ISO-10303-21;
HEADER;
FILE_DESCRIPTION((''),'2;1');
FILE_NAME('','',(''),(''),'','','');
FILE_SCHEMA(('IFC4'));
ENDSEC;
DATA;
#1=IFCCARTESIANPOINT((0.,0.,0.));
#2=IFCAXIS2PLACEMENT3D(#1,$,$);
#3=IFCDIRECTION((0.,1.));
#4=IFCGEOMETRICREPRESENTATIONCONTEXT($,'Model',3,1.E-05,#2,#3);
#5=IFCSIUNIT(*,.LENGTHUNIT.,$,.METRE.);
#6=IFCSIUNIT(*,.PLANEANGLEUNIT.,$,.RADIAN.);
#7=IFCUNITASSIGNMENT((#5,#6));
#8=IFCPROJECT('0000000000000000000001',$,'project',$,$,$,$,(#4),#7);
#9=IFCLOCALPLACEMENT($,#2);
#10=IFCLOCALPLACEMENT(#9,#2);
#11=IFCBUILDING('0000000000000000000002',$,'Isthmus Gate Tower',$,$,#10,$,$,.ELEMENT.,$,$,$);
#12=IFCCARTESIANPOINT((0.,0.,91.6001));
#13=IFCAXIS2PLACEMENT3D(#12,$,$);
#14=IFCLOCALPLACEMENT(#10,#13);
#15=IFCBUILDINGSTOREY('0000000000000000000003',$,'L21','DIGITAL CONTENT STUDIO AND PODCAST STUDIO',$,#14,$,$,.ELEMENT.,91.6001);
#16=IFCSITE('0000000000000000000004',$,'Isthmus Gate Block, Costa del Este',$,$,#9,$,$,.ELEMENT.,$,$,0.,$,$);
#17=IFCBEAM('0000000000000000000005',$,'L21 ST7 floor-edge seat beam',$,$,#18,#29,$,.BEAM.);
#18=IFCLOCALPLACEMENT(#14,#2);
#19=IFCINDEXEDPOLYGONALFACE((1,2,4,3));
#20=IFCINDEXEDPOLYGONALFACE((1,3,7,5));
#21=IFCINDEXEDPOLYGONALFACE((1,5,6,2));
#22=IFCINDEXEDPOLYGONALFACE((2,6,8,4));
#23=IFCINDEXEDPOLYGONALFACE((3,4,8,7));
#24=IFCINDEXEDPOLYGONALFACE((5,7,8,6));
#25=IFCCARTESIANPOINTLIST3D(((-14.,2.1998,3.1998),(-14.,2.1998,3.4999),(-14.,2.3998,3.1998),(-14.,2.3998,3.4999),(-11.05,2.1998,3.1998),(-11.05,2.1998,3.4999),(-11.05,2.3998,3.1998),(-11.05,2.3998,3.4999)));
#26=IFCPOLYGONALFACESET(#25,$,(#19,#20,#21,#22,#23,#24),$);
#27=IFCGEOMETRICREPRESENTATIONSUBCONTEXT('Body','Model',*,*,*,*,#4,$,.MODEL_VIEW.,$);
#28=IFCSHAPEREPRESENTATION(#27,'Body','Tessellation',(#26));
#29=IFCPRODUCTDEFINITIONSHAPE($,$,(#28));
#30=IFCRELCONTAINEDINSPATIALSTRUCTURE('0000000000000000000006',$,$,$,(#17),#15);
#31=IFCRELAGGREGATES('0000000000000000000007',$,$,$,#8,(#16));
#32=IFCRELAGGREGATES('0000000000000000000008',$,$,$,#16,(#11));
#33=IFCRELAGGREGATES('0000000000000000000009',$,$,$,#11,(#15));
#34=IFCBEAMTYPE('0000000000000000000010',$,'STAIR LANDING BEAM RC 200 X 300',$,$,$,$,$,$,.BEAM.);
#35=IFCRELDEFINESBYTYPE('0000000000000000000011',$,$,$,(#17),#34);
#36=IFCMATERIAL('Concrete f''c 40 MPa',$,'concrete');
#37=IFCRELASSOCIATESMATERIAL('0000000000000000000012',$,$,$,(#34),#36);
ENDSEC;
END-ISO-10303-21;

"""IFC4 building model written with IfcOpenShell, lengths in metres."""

from ifc_helpers import new_model, si_unit, direction, frame, origin, origin_2d, place, context, subcontext, project, spatial, rectangle, extrude, material, material_profile, profile_set, type_object, element, save


model = new_model("IFC4")

# Units and contexts
model_context = context("Model", 3, precision=1e-05, world=origin(), true_north=direction((0.0, 1.0)))
body_context = subcontext(model_context, "Body", "Model", "MODEL_VIEW")
ifc_project = project(units=[si_unit("LENGTHUNIT", "METRE"), si_unit("PLANEANGLEUNIT", "RADIAN")], contexts=[model_context])

# Site, building, storey
site_placement = place(None, origin())
site = spatial("IfcSite", under=ifc_project, at=site_placement, Name="Isthmus Gate Block, Costa del Este", CompositionType="ELEMENT", RefElevation=0.0)
building_placement = place(site_placement, origin())
building = spatial("IfcBuilding", under=site, at=building_placement, Name="Isthmus Gate Tower", CompositionType="ELEMENT")
storey_placement = place(building_placement, frame((0.0, 0.0, 91.6001)))
storey = spatial("IfcBuildingStorey", under=building, at=storey_placement, Name="L21", Description="DIGITAL CONTENT STUDIO AND PODCAST STUDIO", CompositionType="ELEMENT", Elevation=91.6001)

# Beam
ifc_material_1 = material(Name="Concrete f'c 40 MPa", Category="concrete")
ifc_material_profile = material_profile(ifc_material_1, rectangle(XDim=0.2, YDim=0.3, at=origin_2d()), Name="STAIR LANDING BEAM RC 200 X 300")
ifc_profile_set = profile_set([ifc_material_profile], Name="Concrete f'c 40 MPa")
beam_type = type_object("IfcBeamType", Name="STAIR LANDING BEAM RC 200 X 300", PredefinedType="BEAM", material=ifc_profile_set)
beam_placement = place(storey_placement, frame((-14.0, 2.2998, 3.3499), z_axis=(1.0, 0.0, 0.0), x_axis=(0.0, 1.0, 0.0)))
element("IfcBeam", 1, at=beam_placement, inside=storey, type_object=beam_type, Name="L21 ST7 floor-edge seat beam", PredefinedType="BEAM", context=body_context, shape_type="SweptSolid", body=[
    extrude(rectangle(XDim=0.2, YDim=0.3, at=origin_2d()), origin(), (0.0, 0.0, 1.0), 2.95),
])

save(model, "model.ifc")
